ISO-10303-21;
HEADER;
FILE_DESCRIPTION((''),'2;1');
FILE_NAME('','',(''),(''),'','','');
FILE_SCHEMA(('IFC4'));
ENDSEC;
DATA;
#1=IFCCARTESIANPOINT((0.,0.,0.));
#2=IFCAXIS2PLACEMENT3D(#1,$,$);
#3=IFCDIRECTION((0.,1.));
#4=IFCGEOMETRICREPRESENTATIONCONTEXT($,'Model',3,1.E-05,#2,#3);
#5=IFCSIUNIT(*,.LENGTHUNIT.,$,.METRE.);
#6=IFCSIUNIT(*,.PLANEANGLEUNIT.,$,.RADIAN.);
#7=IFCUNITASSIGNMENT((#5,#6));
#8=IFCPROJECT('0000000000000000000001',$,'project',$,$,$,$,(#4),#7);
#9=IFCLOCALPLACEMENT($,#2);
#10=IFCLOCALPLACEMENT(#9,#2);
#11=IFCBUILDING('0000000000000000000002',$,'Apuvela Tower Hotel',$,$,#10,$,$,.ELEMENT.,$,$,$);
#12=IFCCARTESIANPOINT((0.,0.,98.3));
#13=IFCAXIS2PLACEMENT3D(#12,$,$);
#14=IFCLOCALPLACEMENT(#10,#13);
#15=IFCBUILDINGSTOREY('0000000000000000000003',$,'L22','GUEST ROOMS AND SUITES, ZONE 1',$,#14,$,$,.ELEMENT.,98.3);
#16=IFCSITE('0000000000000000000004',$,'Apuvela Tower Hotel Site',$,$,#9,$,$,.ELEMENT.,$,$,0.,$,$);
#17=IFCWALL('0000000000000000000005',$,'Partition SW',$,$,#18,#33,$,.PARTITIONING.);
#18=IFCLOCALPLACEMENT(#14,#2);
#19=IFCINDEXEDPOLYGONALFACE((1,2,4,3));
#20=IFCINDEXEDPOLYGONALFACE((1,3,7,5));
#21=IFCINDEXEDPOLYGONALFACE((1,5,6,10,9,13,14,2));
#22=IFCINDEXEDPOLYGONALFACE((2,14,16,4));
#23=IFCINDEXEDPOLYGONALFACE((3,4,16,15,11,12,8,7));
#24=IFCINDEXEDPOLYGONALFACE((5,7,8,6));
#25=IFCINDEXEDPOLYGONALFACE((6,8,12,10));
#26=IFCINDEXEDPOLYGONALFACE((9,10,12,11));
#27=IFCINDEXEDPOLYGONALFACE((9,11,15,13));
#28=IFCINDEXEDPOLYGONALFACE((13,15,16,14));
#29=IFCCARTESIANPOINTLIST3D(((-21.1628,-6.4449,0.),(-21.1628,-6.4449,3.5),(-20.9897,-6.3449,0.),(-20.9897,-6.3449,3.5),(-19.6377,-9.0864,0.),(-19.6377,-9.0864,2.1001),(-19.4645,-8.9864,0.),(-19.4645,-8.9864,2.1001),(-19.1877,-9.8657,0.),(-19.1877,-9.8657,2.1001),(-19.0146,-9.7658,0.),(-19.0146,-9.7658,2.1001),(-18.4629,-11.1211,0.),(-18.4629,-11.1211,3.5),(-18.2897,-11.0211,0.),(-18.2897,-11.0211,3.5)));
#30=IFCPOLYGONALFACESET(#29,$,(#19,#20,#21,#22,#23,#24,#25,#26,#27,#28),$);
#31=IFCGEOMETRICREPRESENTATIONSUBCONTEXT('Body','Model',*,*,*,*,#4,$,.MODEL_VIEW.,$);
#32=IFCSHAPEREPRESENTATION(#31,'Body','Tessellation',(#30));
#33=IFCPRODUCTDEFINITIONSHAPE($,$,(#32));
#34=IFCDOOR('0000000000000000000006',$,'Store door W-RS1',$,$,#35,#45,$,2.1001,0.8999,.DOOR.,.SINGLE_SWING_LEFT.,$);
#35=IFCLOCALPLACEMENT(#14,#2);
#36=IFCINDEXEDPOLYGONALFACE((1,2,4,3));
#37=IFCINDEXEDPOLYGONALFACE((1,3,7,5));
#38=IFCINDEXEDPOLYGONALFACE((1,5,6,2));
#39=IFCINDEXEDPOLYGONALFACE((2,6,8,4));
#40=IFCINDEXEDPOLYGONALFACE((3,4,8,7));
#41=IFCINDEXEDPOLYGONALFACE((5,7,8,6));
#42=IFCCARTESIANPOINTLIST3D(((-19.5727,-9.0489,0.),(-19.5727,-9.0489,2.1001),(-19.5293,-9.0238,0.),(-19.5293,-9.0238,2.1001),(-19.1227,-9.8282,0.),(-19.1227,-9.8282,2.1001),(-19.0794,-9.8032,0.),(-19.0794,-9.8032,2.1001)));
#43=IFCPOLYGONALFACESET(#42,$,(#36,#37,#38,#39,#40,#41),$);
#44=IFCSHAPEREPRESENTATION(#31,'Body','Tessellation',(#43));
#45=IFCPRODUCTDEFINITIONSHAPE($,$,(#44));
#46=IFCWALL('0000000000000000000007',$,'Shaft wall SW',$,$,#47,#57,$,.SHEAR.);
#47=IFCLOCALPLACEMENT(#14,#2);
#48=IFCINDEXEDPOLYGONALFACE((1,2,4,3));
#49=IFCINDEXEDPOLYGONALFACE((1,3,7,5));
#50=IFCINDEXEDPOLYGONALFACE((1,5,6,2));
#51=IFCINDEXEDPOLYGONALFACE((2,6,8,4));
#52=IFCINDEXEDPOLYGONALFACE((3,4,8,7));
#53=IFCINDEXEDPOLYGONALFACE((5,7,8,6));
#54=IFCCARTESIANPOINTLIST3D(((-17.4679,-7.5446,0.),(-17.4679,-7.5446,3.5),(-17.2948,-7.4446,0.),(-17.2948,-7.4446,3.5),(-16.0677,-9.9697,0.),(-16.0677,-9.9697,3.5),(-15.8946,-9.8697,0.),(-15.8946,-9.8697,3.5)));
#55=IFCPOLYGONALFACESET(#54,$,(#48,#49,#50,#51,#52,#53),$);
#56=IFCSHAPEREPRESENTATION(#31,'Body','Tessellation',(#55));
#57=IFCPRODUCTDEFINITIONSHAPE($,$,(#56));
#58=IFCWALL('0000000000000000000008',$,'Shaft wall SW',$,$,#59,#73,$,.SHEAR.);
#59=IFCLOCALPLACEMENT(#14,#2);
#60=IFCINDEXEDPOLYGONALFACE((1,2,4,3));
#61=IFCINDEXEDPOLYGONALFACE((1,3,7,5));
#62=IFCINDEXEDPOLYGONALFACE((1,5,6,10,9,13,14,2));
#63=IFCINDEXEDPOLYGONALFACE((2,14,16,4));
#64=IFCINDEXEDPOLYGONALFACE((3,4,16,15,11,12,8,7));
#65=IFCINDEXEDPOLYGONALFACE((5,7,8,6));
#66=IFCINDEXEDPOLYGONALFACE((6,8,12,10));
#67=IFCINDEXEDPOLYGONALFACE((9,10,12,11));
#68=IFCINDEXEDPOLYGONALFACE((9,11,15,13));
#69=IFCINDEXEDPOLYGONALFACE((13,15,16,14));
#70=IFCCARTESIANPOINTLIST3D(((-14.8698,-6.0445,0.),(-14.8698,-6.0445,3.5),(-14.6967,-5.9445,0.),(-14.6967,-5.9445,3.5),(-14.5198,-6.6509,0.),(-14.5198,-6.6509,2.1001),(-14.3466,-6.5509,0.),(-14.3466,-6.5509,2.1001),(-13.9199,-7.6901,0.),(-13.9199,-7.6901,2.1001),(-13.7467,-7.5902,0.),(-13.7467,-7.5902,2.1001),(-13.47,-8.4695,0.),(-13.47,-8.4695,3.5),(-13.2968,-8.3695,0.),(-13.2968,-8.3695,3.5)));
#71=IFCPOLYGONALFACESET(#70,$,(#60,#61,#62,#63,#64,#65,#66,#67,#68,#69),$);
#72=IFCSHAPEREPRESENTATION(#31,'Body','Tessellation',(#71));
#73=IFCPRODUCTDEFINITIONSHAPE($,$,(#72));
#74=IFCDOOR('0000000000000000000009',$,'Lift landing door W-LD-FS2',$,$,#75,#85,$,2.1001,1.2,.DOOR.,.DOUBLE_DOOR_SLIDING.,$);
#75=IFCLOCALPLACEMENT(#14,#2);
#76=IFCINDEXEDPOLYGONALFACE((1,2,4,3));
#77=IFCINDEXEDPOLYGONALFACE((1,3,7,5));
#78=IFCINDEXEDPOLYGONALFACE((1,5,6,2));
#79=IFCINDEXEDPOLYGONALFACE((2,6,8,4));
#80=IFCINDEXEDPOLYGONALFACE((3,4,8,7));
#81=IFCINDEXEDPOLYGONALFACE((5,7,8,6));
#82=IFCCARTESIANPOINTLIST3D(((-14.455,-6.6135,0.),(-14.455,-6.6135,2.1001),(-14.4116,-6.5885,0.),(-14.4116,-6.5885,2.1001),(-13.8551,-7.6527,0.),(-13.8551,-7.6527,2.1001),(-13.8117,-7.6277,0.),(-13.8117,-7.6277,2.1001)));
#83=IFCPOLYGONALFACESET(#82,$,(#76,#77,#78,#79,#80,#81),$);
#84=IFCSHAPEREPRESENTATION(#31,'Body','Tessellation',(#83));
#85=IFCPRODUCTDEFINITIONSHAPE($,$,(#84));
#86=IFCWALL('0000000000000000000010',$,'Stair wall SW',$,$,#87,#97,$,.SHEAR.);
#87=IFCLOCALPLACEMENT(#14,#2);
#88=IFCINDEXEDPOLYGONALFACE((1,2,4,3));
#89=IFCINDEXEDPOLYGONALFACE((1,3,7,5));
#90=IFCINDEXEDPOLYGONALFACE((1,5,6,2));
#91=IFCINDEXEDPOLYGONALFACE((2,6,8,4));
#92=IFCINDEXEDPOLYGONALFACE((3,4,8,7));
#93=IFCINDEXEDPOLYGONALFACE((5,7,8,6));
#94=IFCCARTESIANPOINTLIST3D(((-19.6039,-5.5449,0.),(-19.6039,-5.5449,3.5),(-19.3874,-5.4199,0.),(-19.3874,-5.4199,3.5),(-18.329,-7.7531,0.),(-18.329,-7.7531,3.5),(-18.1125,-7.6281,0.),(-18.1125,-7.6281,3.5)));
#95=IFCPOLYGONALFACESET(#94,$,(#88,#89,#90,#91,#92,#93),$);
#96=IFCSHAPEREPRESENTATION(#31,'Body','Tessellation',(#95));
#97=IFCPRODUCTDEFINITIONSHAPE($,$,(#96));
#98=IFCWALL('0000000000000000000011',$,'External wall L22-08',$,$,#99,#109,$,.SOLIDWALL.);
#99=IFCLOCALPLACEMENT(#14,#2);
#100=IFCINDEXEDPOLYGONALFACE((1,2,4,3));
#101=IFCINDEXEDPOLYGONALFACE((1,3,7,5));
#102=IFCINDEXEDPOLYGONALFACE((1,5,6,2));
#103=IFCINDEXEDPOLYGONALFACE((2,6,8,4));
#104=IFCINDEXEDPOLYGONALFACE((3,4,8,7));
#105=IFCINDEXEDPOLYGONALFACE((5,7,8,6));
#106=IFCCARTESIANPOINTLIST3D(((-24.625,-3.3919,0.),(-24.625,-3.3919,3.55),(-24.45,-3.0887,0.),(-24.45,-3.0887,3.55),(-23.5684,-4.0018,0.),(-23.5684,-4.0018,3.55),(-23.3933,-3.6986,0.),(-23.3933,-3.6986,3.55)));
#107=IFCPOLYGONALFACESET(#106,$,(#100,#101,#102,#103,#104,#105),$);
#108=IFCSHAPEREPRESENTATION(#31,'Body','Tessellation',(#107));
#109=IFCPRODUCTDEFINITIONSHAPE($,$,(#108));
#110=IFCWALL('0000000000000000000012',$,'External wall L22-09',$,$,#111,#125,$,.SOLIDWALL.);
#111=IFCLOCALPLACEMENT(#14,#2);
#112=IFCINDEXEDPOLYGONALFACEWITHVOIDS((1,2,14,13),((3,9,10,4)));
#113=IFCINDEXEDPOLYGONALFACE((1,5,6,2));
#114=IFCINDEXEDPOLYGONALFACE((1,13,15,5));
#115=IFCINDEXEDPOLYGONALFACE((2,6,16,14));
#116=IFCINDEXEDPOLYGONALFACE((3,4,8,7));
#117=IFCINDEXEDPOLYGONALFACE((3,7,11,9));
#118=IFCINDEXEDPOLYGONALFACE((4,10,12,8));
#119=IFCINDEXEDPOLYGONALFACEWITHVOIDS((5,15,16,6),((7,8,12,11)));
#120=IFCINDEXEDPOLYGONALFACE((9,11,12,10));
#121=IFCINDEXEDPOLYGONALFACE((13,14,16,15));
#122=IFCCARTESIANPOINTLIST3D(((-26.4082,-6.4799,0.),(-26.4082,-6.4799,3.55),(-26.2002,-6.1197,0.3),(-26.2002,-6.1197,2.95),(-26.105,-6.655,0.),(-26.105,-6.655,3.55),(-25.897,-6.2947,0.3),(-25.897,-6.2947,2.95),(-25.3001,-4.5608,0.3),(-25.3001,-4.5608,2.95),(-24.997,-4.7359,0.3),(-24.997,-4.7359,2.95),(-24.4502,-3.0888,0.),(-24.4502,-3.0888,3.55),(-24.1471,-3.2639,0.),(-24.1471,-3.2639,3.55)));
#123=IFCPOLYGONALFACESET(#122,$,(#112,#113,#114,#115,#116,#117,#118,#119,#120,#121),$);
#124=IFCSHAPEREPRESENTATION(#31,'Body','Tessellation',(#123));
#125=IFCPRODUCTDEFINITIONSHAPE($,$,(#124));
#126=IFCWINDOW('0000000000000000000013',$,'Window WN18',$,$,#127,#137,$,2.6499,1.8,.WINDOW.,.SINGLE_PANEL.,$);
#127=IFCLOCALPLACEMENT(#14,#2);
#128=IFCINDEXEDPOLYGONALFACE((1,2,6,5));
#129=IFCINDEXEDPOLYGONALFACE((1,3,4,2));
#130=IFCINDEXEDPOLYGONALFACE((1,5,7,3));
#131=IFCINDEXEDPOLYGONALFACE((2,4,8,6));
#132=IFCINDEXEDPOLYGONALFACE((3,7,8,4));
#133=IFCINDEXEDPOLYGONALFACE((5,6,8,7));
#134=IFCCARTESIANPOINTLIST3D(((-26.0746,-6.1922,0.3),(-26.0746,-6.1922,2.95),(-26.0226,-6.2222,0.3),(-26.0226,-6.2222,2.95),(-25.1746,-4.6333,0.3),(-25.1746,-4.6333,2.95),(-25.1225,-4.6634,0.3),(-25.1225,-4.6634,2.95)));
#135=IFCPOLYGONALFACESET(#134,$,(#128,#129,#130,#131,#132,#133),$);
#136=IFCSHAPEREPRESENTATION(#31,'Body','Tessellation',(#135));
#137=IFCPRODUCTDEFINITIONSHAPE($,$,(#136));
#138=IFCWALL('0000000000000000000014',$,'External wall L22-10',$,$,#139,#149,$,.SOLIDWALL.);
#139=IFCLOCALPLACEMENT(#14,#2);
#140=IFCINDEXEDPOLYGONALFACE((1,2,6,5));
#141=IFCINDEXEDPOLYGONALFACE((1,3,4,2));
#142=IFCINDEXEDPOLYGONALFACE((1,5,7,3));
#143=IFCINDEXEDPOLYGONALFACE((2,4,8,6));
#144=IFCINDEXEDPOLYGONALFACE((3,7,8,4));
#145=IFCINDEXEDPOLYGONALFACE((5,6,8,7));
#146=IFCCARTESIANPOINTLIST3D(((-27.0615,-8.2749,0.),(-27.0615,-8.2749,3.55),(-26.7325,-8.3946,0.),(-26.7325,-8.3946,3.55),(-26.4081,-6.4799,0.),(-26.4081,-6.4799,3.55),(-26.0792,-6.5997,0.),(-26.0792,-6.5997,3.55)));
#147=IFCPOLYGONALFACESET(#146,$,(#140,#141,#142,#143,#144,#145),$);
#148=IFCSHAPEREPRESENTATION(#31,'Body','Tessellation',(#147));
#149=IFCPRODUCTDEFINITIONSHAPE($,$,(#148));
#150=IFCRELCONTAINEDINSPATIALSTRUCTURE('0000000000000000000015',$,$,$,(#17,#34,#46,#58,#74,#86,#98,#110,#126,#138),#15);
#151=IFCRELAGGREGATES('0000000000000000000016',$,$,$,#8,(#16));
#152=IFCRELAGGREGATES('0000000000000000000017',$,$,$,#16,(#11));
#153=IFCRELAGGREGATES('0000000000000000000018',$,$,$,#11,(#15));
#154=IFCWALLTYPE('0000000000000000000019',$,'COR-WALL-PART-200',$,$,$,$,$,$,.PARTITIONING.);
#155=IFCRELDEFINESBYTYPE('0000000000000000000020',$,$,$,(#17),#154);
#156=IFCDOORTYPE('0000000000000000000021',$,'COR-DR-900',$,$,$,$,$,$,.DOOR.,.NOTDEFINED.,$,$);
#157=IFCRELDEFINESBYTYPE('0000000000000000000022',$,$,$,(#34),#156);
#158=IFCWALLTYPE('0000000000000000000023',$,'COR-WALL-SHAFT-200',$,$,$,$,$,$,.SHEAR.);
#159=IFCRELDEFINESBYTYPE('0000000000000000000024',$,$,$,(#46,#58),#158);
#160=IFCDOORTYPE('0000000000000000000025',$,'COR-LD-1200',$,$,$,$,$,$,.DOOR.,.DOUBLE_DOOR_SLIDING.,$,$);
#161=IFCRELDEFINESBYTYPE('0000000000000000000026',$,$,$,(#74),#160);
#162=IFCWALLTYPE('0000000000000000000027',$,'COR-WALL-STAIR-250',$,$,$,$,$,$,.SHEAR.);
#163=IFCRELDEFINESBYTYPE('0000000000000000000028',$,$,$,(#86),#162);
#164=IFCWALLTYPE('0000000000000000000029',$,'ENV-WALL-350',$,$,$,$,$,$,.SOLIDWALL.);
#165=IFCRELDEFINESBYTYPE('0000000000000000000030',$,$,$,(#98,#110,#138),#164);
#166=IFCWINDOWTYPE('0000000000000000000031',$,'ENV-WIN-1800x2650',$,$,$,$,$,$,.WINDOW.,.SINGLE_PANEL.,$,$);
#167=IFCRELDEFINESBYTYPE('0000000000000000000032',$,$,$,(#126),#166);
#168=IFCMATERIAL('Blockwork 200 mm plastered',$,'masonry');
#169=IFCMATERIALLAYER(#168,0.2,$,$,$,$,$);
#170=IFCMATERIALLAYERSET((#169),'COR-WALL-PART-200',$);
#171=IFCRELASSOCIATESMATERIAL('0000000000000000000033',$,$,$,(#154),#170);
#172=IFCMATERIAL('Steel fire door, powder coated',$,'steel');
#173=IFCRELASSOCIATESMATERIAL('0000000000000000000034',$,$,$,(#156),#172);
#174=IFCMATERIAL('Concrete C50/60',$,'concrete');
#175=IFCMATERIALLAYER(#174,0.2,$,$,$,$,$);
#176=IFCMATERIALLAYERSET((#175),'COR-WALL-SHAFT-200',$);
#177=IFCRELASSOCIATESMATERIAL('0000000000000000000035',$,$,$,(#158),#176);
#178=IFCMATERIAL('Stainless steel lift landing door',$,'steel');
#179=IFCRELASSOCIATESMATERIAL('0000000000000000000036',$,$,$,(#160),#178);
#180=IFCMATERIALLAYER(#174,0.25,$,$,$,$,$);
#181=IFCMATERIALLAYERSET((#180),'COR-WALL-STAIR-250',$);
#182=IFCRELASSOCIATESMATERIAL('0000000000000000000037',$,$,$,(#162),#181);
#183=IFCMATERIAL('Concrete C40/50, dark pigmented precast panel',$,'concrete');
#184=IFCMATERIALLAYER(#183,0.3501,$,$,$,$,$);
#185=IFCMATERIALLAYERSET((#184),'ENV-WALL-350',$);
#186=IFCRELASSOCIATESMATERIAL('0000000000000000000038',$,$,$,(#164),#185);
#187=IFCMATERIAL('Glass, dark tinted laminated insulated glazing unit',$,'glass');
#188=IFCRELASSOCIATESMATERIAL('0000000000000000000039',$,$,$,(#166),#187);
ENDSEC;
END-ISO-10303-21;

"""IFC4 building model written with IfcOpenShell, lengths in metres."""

from ifc_helpers import new_model, si_unit, direction, frame, frame_2d, origin, place, context, subcontext, project, spatial, rectangle, extrude, material, layer, layer_set, type_object, element, fill, save


model = new_model("IFC4")

# Units and contexts
model_context = context("Model", 3, precision=1e-05, world=origin(), true_north=direction((0.0, 1.0)))
body_context = subcontext(model_context, "Body", "Model", "MODEL_VIEW")
ifc_project = project(units=[si_unit("LENGTHUNIT", "METRE"), si_unit("PLANEANGLEUNIT", "RADIAN")], contexts=[model_context])

# Site, building, storey
site_placement = place(None, origin())
site = spatial("IfcSite", under=ifc_project, at=site_placement, Name="Apuvela Tower Hotel Site", CompositionType="ELEMENT", RefElevation=0.0)
building_placement = place(site_placement, origin())
building = spatial("IfcBuilding", under=site, at=building_placement, Name="Apuvela Tower Hotel", CompositionType="ELEMENT")
storey_placement = place(building_placement, frame((0.0, 0.0, 98.3)))
storey = spatial("IfcBuildingStorey", under=building, at=storey_placement, Name="L22", Description="GUEST ROOMS AND SUITES, ZONE 1", CompositionType="ELEMENT", Elevation=98.3)

# Wall, opening, door
ifc_material_1 = material(Name="Blockwork 200 mm plastered", Category="masonry")
ifc_layer_1 = layer(ifc_material_1, 0.2)
ifc_layer_set_1 = layer_set([ifc_layer_1], Name="COR-WALL-PART-200")
wall_type_1 = type_object("IfcWallType", Name="COR-WALL-PART-200", PredefinedType="PARTITIONING", material=ifc_layer_set_1)
wall_1_placement = place(storey_placement, frame((-21.0762, -6.395, 0.0), z_axis=(0.0, 0.0, 1.0), x_axis=(0.500015, -0.866017, 0.0)))
wall_1 = element("IfcWall", 1, at=wall_1_placement, inside=storey, type_object=wall_type_1, Name="Partition SW", PredefinedType="PARTITIONING", context=body_context, shape_type="SweptSolid", body=[
    extrude(rectangle(XDim=5.3997, YDim=0.2, at=frame_2d((2.6997, 0.0))), origin(), (0.0, 0.0, 1.0), 3.5),
])
opening_1_placement = place(wall_1_placement, frame((3.05, 0.0, 0.0)))
opening_1 = element("IfcOpeningElement", 2, at=opening_1_placement, cuts=wall_1, PredefinedType="OPENING", context=body_context, shape_type="SweptSolid", body=[
    extrude(rectangle(XDim=0.8999, YDim=2.1001, at=frame_2d((0.45, 1.05))), frame((0.0, 0.1099, 0.0), z_axis=(0.0, -1.0, 0.0), x_axis=(1.0, 0.0, 0.0)), (0.0, 0.0, 1.0), 0.22),
])
ifc_material_2 = material(Name="Steel fire door, powder coated", Category="steel")
door_type_1 = type_object("IfcDoorType", Name="COR-DR-900", OperationType="NOTDEFINED", PredefinedType="DOOR", material=ifc_material_2)
door_1_placement = place(opening_1_placement, frame((0.8999, 0.0, 0.0), z_axis=(0.0, 0.0, 1.0), x_axis=(-1.0, 0.0, 0.0)))
door_1 = element("IfcDoor", 3, at=door_1_placement, inside=storey, type_object=door_type_1, Name="Store door W-RS1", OperationType="SINGLE_SWING_LEFT", OverallHeight=2.1001, OverallWidth=0.8999, PredefinedType="DOOR", context=body_context, shape_type="SweptSolid", body=[
    extrude(rectangle(XDim=0.8999, YDim=2.1001, at=frame_2d((0.45, 1.05))), frame((0.0, 0.0249, 0.0), z_axis=(0.0, -1.0, 0.0), x_axis=(1.0, 0.0, 0.0)), (0.0, 0.0, 1.0), 0.05),
])
fill(opening_1, door_1)

# Wall
ifc_material_3 = material(Name="Concrete C50/60", Category="concrete")
ifc_layer_2 = layer(ifc_material_3, 0.2)
ifc_layer_set_2 = layer_set([ifc_layer_2], Name="COR-WALL-SHAFT-200")
wall_type_2 = type_object("IfcWallType", Name="COR-WALL-SHAFT-200", PredefinedType="SHEAR", material=ifc_layer_set_2)
wall_2_placement = place(storey_placement, frame((-17.3813, -7.4946, 0.0), z_axis=(0.0, 0.0, 1.0), x_axis=(0.500012, -0.866019, 0.0)))
element("IfcWall", 4, at=wall_2_placement, inside=storey, type_object=wall_type_2, Name="Shaft wall SW", PredefinedType="SHEAR", context=body_context, shape_type="SweptSolid", body=[
    extrude(rectangle(XDim=2.8003, YDim=0.2, at=frame_2d((1.4001, 0.0))), origin(), (0.0, 0.0, 1.0), 3.5),
])

# Wall, opening, door
wall_3_placement = place(storey_placement, frame((-14.7832, -5.9946, 0.0), z_axis=(0.0, 0.0, 1.0), x_axis=(0.499946, -0.866056, 0.0)))
wall_3 = element("IfcWall", 5, at=wall_3_placement, inside=storey, type_object=wall_type_2, Name="Shaft wall SW", PredefinedType="SHEAR", context=body_context, shape_type="SweptSolid", body=[
    extrude(rectangle(XDim=2.8, YDim=0.2, at=frame_2d((1.3999, 0.0))), origin(), (0.0, 0.0, 1.0), 3.5),
])
opening_2_placement = place(wall_3_placement, frame((0.7, 0.0, 0.0)))
opening_2 = element("IfcOpeningElement", 6, at=opening_2_placement, cuts=wall_3, PredefinedType="OPENING", context=body_context, shape_type="SweptSolid", body=[
    extrude(rectangle(XDim=1.2, YDim=2.1001, at=frame_2d((0.6001, 1.05))), frame((0.0, 0.1099, 0.0), z_axis=(0.0, -1.0, 0.0), x_axis=(1.0, 0.0, 0.0)), (0.0, 0.0, 1.0), 0.22),
])
ifc_material_4 = material(Name="Stainless steel lift landing door", Category="steel")
door_type_2 = type_object("IfcDoorType", Name="COR-LD-1200", OperationType="DOUBLE_DOOR_SLIDING", PredefinedType="DOOR", material=ifc_material_4)
door_2_placement = place(opening_2_placement, origin())
door_2 = element("IfcDoor", 7, at=door_2_placement, inside=storey, type_object=door_type_2, Name="Lift landing door W-LD-FS2", OperationType="DOUBLE_DOOR_SLIDING", OverallHeight=2.1001, OverallWidth=1.2, PredefinedType="DOOR", context=body_context, shape_type="SweptSolid", body=[
    extrude(rectangle(XDim=1.2, YDim=2.1001, at=frame_2d((0.6001, 1.05))), frame((0.0, 0.0249, 0.0), z_axis=(0.0, -1.0, 0.0), x_axis=(1.0, 0.0, 0.0)), (0.0, 0.0, 1.0), 0.05),
])
fill(opening_2, door_2)

# Walls
ifc_layer_3 = layer(ifc_material_3, 0.25)
ifc_layer_set_3 = layer_set([ifc_layer_3], Name="COR-WALL-STAIR-250")
wall_type_3 = type_object("IfcWallType", Name="COR-WALL-STAIR-250", PredefinedType="SHEAR", material=ifc_layer_set_3)
wall_4_placement = place(storey_placement, frame((-19.4956, -5.4824, 0.0), z_axis=(0.0, 0.0, 1.0), x_axis=(0.49999, -0.866031, 0.0)))
element("IfcWall", 8, at=wall_4_placement, inside=storey, type_object=wall_type_3, Name="Stair wall SW", PredefinedType="SHEAR", context=body_context, shape_type="SweptSolid", body=[
    extrude(rectangle(XDim=2.5498, YDim=0.25, at=frame_2d((1.2749, 0.0))), origin(), (0.0, 0.0, 1.0), 3.5),
])
ifc_material_5 = material(Name="Concrete C40/50, dark pigmented precast panel", Category="concrete")
ifc_layer_4 = layer(ifc_material_5, 0.3501)
ifc_layer_set_4 = layer_set([ifc_layer_4], Name="ENV-WALL-350")
wall_type_4 = type_object("IfcWallType", Name="ENV-WALL-350", PredefinedType="SOLIDWALL", material=ifc_layer_set_4)
wall_5_placement = place(storey_placement, frame((-23.481, -3.8501, 0.0), z_axis=(0.0, 0.0, 1.0), x_axis=(-0.866092, 0.499884, 0.0)))
element("IfcWall", 9, at=wall_5_placement, inside=storey, type_object=wall_type_4, Name="External wall L22-08", PredefinedType="SOLIDWALL", context=body_context, shape_type="SweptSolid", body=[
    extrude(rectangle(XDim=1.22, YDim=0.3501, at=frame_2d((0.6099, 0.0))), origin(), (0.0, 0.0, 1.0), 3.55),
])

# Wall, opening, window
wall_6_placement = place(storey_placement, frame((-24.2986, -3.1763, 0.0), z_axis=(0.0, 0.0, 1.0), x_axis=(-0.500028, -0.866009, 0.0)))
wall_6 = element("IfcWall", 10, at=wall_6_placement, inside=storey, type_object=wall_type_4, Name="External wall L22-09", PredefinedType="SOLIDWALL", context=body_context, shape_type="SweptSolid", body=[
    extrude(rectangle(XDim=3.9158, YDim=0.3501, at=frame_2d((1.958, 0.0))), origin(), (0.0, 0.0, 1.0), 3.55),
])
opening_3_placement = place(wall_6_placement, frame((1.7, 0.0, 0.3)))
opening_3 = element("IfcOpeningElement", 11, at=opening_3_placement, cuts=wall_6, PredefinedType="OPENING", context=body_context, shape_type="SweptSolid", body=[
    extrude(rectangle(XDim=1.8, YDim=2.6499, at=frame_2d((0.8999, 1.325))), frame((0.0, 0.1851, 0.0), z_axis=(0.0, -1.0, 0.0), x_axis=(1.0, 0.0, 0.0)), (0.0, 0.0, 1.0), 0.3701),
])
ifc_material_6 = material(Name="Glass, dark tinted laminated insulated glazing unit", Category="glass")
window_type = type_object("IfcWindowType", Name="ENV-WIN-1800x2650", PartitioningType="SINGLE_PANEL", PredefinedType="WINDOW", material=ifc_material_6)
window_placement = place(opening_3_placement, origin())
window = element("IfcWindow", 12, at=window_placement, inside=storey, type_object=window_type, Name="Window WN18", OverallHeight=2.6499, OverallWidth=1.8, PartitioningType="SINGLE_PANEL", PredefinedType="WINDOW", context=body_context, shape_type="SweptSolid", body=[
    extrude(rectangle(XDim=1.8, YDim=2.6499, at=frame_2d((0.8999, 1.325))), frame((0.0, 0.03, 0.0), z_axis=(0.0, -1.0, 0.0), x_axis=(1.0, 0.0, 0.0)), (0.0, 0.0, 1.0), 0.0601),
])
fill(opening_3, window)

# Wall
wall_7_placement = place(storey_placement, frame((-26.2437, -6.5398, 0.0), z_axis=(0.0, 0.0, 1.0), x_axis=(-0.34203, -0.939689, 0.0)))
element("IfcWall", 13, at=wall_7_placement, inside=storey, type_object=wall_type_4, Name="External wall L22-10", PredefinedType="SOLIDWALL", context=body_context, shape_type="SweptSolid", body=[
    extrude(rectangle(XDim=1.9102, YDim=0.3501, at=frame_2d((0.9551, 0.0))), origin(), (0.0, 0.0, 1.0), 3.55),
])

save(model, "model.ifc")
